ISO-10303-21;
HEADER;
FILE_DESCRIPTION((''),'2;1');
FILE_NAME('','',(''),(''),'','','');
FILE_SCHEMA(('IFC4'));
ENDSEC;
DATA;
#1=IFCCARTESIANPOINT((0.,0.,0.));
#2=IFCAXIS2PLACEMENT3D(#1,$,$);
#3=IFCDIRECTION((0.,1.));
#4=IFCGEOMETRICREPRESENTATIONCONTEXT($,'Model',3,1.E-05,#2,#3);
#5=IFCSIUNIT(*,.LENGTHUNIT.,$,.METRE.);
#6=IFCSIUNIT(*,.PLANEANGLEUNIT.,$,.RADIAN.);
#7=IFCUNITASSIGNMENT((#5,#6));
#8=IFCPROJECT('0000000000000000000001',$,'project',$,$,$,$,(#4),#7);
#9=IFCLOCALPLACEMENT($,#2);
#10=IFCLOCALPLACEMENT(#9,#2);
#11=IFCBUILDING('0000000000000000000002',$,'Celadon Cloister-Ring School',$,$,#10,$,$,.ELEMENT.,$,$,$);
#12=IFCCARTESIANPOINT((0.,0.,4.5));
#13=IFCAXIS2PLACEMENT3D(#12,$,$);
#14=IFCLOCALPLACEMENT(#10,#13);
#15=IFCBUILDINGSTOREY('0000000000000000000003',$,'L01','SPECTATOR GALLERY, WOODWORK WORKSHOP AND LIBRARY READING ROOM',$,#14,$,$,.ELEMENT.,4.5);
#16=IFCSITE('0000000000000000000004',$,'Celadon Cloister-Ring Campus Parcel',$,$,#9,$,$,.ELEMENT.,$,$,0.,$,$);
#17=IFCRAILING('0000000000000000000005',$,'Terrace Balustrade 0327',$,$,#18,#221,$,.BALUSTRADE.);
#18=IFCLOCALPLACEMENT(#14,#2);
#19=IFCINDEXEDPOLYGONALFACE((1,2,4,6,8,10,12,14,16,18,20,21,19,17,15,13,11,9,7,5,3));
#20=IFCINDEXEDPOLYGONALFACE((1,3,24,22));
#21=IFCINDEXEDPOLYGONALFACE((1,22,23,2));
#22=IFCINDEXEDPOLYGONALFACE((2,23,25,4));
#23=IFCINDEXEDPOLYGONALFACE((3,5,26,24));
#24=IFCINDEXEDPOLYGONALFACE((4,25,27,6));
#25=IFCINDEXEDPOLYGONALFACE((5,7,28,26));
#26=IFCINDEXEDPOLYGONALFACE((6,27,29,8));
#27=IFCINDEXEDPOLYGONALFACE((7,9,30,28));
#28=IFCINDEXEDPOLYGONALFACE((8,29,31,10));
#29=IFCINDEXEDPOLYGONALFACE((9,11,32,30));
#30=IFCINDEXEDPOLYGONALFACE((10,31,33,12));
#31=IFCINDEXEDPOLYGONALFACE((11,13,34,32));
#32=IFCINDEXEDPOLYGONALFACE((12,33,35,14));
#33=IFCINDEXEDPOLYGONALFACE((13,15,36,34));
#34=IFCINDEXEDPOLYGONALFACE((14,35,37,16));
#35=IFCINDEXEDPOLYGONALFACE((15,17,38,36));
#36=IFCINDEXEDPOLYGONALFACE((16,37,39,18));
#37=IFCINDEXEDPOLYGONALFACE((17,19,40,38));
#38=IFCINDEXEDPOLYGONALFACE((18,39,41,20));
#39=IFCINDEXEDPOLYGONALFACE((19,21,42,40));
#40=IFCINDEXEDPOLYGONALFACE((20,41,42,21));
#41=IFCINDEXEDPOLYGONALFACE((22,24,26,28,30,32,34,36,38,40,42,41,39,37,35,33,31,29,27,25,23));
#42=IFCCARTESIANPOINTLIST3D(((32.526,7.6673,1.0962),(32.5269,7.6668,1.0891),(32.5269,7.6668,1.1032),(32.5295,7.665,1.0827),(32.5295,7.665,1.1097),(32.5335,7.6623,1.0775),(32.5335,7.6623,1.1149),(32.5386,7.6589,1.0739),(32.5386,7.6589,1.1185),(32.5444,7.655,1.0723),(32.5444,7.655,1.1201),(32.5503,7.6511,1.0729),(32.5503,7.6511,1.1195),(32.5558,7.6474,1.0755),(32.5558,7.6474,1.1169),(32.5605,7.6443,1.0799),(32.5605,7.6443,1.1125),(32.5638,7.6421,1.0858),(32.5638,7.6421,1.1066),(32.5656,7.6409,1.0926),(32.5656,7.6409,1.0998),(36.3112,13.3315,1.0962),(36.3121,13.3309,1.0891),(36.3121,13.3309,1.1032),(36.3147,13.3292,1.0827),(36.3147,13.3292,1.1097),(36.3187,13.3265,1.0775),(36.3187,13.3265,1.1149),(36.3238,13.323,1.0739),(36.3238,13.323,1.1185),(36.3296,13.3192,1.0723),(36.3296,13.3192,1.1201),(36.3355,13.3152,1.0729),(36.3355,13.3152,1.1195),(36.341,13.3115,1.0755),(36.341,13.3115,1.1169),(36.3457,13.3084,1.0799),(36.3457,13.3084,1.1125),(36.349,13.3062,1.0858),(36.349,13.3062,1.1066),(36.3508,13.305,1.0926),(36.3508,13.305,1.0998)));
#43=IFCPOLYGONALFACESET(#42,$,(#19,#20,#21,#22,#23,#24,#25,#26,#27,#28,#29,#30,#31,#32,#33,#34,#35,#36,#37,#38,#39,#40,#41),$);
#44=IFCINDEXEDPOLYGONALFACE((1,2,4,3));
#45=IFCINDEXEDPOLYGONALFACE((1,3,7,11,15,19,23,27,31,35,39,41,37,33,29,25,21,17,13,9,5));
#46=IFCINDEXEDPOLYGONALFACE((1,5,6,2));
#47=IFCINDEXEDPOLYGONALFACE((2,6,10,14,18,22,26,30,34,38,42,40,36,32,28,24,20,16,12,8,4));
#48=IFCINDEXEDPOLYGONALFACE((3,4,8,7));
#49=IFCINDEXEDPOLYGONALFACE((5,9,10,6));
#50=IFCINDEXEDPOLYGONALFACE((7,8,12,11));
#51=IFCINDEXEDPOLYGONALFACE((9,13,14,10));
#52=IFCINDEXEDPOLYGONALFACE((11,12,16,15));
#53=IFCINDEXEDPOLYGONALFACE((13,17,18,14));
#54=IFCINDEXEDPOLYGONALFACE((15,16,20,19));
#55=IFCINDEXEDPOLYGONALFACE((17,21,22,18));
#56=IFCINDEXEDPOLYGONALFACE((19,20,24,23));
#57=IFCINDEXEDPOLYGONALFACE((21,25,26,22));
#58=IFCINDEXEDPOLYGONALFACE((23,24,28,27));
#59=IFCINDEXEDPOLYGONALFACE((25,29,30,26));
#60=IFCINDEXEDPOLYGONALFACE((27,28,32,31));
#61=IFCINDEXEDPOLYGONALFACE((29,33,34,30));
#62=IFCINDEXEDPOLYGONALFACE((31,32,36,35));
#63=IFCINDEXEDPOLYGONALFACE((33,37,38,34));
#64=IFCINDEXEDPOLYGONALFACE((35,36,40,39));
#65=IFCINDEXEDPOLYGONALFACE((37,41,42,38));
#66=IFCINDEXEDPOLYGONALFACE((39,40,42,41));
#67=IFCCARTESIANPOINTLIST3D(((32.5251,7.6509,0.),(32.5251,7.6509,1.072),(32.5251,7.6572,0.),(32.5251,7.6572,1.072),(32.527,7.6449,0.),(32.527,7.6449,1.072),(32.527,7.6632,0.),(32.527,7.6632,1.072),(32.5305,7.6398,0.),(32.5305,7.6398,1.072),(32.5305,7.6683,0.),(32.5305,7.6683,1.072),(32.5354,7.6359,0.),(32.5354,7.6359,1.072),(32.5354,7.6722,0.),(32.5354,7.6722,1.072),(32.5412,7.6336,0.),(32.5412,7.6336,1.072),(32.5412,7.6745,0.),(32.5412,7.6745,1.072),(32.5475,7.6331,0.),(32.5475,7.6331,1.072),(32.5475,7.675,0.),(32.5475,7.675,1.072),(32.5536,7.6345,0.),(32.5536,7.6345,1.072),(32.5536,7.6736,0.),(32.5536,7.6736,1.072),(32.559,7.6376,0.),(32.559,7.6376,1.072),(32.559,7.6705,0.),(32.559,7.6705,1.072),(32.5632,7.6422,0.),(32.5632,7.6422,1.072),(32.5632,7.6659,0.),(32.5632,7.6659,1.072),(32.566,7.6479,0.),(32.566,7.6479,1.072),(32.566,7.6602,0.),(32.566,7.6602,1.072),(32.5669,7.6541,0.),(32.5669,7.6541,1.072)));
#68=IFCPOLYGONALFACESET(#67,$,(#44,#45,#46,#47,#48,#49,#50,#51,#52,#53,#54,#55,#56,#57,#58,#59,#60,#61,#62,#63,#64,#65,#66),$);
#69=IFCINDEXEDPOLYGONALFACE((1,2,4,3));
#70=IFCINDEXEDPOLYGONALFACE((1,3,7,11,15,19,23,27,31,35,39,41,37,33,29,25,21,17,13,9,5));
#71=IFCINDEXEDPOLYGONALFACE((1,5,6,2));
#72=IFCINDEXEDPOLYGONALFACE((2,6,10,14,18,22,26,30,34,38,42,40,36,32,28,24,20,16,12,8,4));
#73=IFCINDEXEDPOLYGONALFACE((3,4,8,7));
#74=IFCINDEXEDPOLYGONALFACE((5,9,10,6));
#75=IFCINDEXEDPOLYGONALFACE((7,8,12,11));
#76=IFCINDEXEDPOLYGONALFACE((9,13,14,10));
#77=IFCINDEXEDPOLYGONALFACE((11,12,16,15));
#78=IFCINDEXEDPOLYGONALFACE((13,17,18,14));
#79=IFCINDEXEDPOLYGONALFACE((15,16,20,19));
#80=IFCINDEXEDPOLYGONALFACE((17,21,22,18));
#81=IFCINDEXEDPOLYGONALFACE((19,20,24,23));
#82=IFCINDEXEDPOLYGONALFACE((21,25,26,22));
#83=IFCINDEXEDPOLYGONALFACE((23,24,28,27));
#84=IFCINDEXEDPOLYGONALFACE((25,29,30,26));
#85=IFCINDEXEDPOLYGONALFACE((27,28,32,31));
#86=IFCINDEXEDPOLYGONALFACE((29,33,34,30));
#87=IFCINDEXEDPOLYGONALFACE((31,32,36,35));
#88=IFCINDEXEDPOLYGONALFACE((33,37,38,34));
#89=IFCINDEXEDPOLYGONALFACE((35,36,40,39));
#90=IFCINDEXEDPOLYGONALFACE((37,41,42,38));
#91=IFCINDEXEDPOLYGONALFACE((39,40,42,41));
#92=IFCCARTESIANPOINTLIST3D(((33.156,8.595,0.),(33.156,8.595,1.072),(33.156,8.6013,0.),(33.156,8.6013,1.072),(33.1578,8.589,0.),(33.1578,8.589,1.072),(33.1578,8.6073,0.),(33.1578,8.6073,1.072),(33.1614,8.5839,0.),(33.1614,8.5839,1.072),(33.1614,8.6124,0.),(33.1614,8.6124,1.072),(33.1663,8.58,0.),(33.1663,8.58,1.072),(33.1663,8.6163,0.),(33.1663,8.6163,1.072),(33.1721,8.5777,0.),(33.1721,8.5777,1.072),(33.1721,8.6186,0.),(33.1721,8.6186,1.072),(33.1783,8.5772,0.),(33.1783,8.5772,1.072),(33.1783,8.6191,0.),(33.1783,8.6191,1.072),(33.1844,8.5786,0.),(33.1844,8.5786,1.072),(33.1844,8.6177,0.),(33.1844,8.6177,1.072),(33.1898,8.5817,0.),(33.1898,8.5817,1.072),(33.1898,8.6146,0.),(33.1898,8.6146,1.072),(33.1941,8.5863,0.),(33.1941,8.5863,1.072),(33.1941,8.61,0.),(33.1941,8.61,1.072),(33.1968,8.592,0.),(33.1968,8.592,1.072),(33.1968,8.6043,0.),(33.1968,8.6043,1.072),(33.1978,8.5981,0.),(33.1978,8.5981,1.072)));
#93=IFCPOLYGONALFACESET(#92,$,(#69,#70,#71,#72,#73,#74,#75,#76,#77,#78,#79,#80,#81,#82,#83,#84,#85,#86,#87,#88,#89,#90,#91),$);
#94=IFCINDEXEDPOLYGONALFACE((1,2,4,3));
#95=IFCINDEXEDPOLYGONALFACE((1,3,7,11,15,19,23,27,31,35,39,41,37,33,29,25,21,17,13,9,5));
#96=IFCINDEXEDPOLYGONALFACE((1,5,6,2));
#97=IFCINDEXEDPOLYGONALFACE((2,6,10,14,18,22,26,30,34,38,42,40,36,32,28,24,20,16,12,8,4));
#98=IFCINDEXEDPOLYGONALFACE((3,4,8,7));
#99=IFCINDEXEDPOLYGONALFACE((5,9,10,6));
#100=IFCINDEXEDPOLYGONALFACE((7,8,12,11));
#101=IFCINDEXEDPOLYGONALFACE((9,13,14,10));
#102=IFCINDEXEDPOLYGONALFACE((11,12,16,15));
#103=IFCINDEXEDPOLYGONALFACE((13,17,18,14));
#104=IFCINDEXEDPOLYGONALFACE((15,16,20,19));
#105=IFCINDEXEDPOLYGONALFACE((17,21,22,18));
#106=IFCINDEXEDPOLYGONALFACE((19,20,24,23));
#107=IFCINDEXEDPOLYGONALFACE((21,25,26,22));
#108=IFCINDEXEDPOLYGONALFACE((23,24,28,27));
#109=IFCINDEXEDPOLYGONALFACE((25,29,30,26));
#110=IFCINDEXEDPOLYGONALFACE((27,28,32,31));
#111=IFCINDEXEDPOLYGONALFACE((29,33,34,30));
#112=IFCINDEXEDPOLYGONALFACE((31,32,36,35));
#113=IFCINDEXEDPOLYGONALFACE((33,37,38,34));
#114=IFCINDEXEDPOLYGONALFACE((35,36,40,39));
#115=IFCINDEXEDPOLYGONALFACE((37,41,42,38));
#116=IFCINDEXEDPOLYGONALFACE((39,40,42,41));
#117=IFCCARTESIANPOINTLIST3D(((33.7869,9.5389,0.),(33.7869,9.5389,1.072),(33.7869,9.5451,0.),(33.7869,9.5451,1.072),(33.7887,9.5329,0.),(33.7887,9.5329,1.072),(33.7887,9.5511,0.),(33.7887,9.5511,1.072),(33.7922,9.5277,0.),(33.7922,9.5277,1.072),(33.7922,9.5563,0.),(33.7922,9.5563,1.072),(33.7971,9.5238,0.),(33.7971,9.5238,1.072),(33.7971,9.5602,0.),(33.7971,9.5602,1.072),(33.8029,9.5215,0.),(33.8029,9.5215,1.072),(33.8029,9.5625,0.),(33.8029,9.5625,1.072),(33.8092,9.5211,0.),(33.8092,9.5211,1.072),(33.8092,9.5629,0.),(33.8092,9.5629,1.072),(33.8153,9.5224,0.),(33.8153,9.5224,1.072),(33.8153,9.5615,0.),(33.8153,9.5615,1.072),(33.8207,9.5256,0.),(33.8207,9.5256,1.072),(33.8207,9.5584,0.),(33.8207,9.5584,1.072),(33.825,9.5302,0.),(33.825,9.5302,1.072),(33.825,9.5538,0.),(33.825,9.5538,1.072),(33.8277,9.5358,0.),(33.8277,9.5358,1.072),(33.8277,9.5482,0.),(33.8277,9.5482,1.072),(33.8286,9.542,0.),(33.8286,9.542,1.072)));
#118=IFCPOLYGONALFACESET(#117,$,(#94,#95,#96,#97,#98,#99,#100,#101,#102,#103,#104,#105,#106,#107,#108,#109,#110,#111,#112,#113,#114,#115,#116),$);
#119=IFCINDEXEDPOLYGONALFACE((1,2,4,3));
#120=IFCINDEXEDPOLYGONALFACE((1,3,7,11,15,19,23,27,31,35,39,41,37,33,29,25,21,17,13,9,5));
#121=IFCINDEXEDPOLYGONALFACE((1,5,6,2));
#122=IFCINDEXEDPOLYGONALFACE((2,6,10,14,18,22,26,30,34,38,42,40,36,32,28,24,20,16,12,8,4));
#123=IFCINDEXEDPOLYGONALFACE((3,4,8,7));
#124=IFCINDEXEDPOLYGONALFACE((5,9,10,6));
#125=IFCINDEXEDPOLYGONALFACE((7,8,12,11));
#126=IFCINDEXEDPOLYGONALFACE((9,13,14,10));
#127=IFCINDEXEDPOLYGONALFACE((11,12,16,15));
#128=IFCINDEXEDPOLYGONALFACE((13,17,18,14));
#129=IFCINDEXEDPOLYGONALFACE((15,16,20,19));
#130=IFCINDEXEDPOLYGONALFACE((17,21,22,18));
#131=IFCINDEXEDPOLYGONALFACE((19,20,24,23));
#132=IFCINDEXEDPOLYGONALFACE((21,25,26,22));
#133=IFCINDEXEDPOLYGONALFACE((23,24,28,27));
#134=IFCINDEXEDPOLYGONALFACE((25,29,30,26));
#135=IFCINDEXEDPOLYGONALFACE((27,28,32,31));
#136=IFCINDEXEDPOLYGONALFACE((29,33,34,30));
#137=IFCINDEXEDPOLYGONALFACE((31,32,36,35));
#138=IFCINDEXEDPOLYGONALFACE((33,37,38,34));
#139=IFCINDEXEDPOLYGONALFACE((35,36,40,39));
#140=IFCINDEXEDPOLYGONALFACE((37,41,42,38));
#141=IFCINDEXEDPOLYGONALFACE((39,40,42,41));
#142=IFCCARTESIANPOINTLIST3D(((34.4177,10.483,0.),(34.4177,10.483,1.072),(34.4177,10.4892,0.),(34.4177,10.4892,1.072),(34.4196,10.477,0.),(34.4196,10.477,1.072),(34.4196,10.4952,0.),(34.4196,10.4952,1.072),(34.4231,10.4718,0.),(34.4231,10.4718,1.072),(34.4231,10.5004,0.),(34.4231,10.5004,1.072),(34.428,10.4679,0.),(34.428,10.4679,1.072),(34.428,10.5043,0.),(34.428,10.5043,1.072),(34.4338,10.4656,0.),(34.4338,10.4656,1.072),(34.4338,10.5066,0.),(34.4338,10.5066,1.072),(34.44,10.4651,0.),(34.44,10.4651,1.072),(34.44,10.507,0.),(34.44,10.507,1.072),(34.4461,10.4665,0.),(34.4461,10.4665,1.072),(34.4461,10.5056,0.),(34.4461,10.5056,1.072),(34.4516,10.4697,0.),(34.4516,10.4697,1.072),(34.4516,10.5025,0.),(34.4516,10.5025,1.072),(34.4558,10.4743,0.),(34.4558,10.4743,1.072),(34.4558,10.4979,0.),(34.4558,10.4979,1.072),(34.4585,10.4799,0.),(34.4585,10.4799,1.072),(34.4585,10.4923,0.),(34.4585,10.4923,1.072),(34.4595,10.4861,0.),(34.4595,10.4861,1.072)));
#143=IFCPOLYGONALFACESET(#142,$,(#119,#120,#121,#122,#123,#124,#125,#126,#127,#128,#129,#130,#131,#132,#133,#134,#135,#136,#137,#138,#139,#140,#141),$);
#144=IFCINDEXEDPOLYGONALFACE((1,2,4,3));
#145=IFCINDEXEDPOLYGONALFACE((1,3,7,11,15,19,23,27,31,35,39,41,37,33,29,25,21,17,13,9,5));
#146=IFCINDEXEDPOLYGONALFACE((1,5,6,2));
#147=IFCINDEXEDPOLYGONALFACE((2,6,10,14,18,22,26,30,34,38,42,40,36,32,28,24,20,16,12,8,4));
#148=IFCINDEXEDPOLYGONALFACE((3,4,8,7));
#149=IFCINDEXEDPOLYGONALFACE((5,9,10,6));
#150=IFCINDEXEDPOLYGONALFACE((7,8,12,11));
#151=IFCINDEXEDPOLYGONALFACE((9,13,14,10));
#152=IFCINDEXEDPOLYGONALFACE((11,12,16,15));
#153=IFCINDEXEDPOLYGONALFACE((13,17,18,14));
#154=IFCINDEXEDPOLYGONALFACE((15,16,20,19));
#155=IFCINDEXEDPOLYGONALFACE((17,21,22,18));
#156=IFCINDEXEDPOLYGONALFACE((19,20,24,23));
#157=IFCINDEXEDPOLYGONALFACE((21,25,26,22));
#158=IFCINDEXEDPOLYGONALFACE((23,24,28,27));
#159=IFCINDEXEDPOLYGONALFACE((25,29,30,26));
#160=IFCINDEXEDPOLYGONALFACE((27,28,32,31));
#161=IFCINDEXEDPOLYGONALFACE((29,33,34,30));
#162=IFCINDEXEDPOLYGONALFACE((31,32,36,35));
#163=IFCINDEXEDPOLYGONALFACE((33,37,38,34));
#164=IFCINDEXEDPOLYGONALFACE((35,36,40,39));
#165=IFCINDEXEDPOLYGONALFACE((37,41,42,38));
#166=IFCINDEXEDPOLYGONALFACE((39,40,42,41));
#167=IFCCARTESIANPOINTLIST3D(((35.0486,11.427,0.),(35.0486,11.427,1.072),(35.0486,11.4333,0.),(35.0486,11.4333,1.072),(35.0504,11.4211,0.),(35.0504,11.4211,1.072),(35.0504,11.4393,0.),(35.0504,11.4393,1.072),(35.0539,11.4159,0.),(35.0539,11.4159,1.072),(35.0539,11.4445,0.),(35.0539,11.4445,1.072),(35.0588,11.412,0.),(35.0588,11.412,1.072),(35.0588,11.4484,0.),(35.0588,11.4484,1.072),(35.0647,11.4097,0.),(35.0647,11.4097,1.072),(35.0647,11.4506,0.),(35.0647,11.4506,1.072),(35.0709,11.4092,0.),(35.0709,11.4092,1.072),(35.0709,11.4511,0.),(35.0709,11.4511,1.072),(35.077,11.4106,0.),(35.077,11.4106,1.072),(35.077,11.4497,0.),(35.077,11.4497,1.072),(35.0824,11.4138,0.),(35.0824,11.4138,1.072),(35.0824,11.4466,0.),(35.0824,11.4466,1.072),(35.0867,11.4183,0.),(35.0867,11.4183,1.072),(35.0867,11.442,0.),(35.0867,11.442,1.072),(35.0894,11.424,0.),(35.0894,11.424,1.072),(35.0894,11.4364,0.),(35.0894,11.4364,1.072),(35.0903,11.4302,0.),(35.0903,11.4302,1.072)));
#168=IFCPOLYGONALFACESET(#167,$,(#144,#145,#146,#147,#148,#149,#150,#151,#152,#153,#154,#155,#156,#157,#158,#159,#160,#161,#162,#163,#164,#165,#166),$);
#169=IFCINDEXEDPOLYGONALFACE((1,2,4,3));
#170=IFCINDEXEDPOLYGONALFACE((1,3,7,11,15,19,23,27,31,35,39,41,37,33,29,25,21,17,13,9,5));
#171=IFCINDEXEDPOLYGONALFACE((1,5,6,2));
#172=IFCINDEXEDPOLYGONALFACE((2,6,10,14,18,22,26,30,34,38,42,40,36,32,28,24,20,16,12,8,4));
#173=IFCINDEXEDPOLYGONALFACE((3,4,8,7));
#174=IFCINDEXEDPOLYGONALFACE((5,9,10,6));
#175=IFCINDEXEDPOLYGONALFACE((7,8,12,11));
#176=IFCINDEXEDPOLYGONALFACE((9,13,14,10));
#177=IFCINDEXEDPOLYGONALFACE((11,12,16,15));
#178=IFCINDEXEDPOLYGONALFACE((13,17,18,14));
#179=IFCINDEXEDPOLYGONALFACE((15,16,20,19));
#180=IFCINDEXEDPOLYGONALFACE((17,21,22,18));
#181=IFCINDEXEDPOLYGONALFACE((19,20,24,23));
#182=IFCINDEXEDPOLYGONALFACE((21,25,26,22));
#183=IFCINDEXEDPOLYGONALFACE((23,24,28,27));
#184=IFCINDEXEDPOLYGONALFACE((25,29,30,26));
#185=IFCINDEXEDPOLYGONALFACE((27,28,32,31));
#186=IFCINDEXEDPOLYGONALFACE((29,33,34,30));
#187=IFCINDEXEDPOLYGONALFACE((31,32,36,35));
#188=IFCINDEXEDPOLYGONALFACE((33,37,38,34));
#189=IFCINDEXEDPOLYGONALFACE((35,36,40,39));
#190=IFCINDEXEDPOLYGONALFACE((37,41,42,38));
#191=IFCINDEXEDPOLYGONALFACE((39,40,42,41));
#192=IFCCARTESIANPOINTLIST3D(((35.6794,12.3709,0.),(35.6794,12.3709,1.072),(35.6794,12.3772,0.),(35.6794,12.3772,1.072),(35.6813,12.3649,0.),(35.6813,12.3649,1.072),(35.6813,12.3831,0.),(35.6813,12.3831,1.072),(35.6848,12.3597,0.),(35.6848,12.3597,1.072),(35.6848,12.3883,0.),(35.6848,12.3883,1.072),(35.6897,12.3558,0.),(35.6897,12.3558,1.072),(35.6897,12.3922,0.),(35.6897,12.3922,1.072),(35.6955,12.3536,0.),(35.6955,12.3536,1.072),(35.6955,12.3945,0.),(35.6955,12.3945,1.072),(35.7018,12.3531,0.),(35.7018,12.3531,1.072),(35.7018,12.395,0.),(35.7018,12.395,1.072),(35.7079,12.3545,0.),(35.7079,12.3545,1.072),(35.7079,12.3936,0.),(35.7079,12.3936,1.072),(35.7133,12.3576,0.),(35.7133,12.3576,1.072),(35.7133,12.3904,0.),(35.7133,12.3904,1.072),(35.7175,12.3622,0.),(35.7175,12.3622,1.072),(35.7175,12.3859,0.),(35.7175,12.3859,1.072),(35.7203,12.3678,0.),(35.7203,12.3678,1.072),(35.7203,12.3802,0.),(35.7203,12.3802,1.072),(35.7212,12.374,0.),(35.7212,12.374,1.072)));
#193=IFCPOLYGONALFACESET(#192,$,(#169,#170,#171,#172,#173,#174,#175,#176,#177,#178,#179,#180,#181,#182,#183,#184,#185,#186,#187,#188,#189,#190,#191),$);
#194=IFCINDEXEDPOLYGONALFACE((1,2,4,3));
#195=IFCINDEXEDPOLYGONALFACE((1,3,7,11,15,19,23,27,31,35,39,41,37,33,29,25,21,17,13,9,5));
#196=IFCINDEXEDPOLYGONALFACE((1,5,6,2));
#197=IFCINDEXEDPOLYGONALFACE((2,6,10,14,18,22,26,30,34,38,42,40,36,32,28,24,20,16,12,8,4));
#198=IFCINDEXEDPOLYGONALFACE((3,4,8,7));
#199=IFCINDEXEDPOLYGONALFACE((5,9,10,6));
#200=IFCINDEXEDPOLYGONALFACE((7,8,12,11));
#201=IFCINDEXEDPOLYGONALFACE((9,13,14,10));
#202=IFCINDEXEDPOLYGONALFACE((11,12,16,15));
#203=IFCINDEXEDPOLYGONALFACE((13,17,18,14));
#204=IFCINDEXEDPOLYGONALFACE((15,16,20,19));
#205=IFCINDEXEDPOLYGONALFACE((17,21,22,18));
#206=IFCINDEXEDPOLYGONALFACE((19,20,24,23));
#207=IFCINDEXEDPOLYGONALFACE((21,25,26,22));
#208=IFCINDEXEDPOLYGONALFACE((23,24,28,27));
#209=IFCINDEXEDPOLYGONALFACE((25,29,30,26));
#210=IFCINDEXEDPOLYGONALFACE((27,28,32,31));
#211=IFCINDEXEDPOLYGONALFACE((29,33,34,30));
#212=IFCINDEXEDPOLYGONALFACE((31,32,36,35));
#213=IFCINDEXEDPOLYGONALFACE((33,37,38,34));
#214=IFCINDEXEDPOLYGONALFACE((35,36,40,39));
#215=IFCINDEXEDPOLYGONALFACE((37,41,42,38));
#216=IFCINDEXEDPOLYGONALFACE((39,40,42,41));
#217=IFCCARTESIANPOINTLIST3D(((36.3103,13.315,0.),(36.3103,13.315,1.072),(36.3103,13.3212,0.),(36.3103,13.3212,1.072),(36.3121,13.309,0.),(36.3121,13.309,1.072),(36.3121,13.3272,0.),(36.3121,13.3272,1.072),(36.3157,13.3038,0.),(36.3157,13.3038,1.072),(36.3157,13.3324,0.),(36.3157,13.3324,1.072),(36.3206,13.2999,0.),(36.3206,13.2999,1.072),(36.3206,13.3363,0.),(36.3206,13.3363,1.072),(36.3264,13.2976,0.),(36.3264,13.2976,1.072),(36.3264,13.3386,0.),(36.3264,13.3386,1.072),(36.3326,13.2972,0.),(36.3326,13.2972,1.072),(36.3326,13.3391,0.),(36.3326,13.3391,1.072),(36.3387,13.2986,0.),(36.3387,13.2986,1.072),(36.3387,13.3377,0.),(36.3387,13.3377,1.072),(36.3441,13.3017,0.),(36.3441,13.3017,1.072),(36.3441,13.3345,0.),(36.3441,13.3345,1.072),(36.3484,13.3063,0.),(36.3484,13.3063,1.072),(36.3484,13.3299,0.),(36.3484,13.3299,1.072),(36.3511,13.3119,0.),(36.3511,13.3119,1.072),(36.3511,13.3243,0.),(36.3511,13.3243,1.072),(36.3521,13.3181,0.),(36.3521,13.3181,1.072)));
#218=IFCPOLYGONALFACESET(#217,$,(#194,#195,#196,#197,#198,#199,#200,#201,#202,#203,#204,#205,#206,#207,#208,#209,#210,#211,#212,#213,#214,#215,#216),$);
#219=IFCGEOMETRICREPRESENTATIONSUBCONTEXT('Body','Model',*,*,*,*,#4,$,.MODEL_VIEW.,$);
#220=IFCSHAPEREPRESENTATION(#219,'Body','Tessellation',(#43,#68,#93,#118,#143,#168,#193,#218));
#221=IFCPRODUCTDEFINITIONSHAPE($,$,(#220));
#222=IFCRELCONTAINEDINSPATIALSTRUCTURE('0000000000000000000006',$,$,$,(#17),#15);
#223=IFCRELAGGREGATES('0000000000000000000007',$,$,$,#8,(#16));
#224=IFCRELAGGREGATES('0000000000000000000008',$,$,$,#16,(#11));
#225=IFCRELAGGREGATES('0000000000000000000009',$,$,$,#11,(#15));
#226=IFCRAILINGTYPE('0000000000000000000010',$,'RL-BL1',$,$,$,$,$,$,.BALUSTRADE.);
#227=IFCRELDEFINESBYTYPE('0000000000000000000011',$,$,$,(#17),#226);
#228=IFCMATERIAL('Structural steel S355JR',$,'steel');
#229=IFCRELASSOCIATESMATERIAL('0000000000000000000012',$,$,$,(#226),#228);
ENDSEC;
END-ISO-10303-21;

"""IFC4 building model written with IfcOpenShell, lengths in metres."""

from ifc_helpers import new_model, si_unit, direction, frame, origin, origin_2d, place, context, subcontext, project, spatial, circle, extrude, material, type_object, element, save


model = new_model("IFC4")

# Units and contexts
model_context = context("Model", 3, precision=1e-05, world=origin(), true_north=direction((0.0, 1.0)))
body_context = subcontext(model_context, "Body", "Model", "MODEL_VIEW")
ifc_project = project(units=[si_unit("LENGTHUNIT", "METRE"), si_unit("PLANEANGLEUNIT", "RADIAN")], contexts=[model_context])

# Site, building, storey
site_placement = place(None, origin())
site = spatial("IfcSite", under=ifc_project, at=site_placement, Name="Celadon Cloister-Ring Campus Parcel", CompositionType="ELEMENT", RefElevation=0.0)
building_placement = place(site_placement, origin())
building = spatial("IfcBuilding", under=site, at=building_placement, Name="Celadon Cloister-Ring School", CompositionType="ELEMENT")
storey_placement = place(building_placement, frame((0.0, 0.0, 4.5)))
storey = spatial("IfcBuildingStorey", under=building, at=storey_placement, Name="L01", Description="SPECTATOR GALLERY, WOODWORK WORKSHOP AND LIBRARY READING ROOM", CompositionType="ELEMENT", Elevation=4.5)

# Railing
ifc_material_1 = material(Name="Structural steel S355JR", Category="steel")
railing_type = type_object("IfcRailingType", Name="RL-BL1", PredefinedType="BALUSTRADE", material=ifc_material_1)
railing_1_placement = place(storey_placement, frame((32.5459, 7.6541, 0.0)))
element("IfcRailing", 1, at=railing_1_placement, inside=storey, type_object=railing_type, Name="Terrace Balustrade 0327", PredefinedType="BALUSTRADE", context=body_context, shape_type="SweptSolid", body=[
    extrude(circle(Radius=0.0239, at=origin_2d()), frame((0.0, 0.0, 1.0962), z_axis=(0.555626, 0.831432, 0.0), x_axis=(-0.831432, 0.555626, 0.0)), (0.0, 0.0, 1.0), 6.8125),
    extrude(circle(Radius=0.021, at=origin_2d()), origin(), (0.0, 0.0, 1.0), 1.072),
    extrude(circle(Radius=0.021, at=origin_2d()), frame((0.6309, 0.9441, 0.0)), (0.0, 0.0, 1.0), 1.072),
    extrude(circle(Radius=0.021, at=origin_2d()), frame((1.2617, 1.8879, 0.0)), (0.0, 0.0, 1.0), 1.072),
    extrude(circle(Radius=0.021, at=origin_2d()), frame((1.8926, 2.832, 0.0)), (0.0, 0.0, 1.0), 1.072),
    extrude(circle(Radius=0.021, at=origin_2d()), frame((2.5234, 3.7761, 0.0)), (0.0, 0.0, 1.0), 1.072),
    extrude(circle(Radius=0.021, at=origin_2d()), frame((3.1543, 4.72, 0.0)), (0.0, 0.0, 1.0), 1.072),
    extrude(circle(Radius=0.021, at=origin_2d()), frame((3.7852, 5.6641, 0.0)), (0.0, 0.0, 1.0), 1.072),
])

save(model, "model.ifc")
